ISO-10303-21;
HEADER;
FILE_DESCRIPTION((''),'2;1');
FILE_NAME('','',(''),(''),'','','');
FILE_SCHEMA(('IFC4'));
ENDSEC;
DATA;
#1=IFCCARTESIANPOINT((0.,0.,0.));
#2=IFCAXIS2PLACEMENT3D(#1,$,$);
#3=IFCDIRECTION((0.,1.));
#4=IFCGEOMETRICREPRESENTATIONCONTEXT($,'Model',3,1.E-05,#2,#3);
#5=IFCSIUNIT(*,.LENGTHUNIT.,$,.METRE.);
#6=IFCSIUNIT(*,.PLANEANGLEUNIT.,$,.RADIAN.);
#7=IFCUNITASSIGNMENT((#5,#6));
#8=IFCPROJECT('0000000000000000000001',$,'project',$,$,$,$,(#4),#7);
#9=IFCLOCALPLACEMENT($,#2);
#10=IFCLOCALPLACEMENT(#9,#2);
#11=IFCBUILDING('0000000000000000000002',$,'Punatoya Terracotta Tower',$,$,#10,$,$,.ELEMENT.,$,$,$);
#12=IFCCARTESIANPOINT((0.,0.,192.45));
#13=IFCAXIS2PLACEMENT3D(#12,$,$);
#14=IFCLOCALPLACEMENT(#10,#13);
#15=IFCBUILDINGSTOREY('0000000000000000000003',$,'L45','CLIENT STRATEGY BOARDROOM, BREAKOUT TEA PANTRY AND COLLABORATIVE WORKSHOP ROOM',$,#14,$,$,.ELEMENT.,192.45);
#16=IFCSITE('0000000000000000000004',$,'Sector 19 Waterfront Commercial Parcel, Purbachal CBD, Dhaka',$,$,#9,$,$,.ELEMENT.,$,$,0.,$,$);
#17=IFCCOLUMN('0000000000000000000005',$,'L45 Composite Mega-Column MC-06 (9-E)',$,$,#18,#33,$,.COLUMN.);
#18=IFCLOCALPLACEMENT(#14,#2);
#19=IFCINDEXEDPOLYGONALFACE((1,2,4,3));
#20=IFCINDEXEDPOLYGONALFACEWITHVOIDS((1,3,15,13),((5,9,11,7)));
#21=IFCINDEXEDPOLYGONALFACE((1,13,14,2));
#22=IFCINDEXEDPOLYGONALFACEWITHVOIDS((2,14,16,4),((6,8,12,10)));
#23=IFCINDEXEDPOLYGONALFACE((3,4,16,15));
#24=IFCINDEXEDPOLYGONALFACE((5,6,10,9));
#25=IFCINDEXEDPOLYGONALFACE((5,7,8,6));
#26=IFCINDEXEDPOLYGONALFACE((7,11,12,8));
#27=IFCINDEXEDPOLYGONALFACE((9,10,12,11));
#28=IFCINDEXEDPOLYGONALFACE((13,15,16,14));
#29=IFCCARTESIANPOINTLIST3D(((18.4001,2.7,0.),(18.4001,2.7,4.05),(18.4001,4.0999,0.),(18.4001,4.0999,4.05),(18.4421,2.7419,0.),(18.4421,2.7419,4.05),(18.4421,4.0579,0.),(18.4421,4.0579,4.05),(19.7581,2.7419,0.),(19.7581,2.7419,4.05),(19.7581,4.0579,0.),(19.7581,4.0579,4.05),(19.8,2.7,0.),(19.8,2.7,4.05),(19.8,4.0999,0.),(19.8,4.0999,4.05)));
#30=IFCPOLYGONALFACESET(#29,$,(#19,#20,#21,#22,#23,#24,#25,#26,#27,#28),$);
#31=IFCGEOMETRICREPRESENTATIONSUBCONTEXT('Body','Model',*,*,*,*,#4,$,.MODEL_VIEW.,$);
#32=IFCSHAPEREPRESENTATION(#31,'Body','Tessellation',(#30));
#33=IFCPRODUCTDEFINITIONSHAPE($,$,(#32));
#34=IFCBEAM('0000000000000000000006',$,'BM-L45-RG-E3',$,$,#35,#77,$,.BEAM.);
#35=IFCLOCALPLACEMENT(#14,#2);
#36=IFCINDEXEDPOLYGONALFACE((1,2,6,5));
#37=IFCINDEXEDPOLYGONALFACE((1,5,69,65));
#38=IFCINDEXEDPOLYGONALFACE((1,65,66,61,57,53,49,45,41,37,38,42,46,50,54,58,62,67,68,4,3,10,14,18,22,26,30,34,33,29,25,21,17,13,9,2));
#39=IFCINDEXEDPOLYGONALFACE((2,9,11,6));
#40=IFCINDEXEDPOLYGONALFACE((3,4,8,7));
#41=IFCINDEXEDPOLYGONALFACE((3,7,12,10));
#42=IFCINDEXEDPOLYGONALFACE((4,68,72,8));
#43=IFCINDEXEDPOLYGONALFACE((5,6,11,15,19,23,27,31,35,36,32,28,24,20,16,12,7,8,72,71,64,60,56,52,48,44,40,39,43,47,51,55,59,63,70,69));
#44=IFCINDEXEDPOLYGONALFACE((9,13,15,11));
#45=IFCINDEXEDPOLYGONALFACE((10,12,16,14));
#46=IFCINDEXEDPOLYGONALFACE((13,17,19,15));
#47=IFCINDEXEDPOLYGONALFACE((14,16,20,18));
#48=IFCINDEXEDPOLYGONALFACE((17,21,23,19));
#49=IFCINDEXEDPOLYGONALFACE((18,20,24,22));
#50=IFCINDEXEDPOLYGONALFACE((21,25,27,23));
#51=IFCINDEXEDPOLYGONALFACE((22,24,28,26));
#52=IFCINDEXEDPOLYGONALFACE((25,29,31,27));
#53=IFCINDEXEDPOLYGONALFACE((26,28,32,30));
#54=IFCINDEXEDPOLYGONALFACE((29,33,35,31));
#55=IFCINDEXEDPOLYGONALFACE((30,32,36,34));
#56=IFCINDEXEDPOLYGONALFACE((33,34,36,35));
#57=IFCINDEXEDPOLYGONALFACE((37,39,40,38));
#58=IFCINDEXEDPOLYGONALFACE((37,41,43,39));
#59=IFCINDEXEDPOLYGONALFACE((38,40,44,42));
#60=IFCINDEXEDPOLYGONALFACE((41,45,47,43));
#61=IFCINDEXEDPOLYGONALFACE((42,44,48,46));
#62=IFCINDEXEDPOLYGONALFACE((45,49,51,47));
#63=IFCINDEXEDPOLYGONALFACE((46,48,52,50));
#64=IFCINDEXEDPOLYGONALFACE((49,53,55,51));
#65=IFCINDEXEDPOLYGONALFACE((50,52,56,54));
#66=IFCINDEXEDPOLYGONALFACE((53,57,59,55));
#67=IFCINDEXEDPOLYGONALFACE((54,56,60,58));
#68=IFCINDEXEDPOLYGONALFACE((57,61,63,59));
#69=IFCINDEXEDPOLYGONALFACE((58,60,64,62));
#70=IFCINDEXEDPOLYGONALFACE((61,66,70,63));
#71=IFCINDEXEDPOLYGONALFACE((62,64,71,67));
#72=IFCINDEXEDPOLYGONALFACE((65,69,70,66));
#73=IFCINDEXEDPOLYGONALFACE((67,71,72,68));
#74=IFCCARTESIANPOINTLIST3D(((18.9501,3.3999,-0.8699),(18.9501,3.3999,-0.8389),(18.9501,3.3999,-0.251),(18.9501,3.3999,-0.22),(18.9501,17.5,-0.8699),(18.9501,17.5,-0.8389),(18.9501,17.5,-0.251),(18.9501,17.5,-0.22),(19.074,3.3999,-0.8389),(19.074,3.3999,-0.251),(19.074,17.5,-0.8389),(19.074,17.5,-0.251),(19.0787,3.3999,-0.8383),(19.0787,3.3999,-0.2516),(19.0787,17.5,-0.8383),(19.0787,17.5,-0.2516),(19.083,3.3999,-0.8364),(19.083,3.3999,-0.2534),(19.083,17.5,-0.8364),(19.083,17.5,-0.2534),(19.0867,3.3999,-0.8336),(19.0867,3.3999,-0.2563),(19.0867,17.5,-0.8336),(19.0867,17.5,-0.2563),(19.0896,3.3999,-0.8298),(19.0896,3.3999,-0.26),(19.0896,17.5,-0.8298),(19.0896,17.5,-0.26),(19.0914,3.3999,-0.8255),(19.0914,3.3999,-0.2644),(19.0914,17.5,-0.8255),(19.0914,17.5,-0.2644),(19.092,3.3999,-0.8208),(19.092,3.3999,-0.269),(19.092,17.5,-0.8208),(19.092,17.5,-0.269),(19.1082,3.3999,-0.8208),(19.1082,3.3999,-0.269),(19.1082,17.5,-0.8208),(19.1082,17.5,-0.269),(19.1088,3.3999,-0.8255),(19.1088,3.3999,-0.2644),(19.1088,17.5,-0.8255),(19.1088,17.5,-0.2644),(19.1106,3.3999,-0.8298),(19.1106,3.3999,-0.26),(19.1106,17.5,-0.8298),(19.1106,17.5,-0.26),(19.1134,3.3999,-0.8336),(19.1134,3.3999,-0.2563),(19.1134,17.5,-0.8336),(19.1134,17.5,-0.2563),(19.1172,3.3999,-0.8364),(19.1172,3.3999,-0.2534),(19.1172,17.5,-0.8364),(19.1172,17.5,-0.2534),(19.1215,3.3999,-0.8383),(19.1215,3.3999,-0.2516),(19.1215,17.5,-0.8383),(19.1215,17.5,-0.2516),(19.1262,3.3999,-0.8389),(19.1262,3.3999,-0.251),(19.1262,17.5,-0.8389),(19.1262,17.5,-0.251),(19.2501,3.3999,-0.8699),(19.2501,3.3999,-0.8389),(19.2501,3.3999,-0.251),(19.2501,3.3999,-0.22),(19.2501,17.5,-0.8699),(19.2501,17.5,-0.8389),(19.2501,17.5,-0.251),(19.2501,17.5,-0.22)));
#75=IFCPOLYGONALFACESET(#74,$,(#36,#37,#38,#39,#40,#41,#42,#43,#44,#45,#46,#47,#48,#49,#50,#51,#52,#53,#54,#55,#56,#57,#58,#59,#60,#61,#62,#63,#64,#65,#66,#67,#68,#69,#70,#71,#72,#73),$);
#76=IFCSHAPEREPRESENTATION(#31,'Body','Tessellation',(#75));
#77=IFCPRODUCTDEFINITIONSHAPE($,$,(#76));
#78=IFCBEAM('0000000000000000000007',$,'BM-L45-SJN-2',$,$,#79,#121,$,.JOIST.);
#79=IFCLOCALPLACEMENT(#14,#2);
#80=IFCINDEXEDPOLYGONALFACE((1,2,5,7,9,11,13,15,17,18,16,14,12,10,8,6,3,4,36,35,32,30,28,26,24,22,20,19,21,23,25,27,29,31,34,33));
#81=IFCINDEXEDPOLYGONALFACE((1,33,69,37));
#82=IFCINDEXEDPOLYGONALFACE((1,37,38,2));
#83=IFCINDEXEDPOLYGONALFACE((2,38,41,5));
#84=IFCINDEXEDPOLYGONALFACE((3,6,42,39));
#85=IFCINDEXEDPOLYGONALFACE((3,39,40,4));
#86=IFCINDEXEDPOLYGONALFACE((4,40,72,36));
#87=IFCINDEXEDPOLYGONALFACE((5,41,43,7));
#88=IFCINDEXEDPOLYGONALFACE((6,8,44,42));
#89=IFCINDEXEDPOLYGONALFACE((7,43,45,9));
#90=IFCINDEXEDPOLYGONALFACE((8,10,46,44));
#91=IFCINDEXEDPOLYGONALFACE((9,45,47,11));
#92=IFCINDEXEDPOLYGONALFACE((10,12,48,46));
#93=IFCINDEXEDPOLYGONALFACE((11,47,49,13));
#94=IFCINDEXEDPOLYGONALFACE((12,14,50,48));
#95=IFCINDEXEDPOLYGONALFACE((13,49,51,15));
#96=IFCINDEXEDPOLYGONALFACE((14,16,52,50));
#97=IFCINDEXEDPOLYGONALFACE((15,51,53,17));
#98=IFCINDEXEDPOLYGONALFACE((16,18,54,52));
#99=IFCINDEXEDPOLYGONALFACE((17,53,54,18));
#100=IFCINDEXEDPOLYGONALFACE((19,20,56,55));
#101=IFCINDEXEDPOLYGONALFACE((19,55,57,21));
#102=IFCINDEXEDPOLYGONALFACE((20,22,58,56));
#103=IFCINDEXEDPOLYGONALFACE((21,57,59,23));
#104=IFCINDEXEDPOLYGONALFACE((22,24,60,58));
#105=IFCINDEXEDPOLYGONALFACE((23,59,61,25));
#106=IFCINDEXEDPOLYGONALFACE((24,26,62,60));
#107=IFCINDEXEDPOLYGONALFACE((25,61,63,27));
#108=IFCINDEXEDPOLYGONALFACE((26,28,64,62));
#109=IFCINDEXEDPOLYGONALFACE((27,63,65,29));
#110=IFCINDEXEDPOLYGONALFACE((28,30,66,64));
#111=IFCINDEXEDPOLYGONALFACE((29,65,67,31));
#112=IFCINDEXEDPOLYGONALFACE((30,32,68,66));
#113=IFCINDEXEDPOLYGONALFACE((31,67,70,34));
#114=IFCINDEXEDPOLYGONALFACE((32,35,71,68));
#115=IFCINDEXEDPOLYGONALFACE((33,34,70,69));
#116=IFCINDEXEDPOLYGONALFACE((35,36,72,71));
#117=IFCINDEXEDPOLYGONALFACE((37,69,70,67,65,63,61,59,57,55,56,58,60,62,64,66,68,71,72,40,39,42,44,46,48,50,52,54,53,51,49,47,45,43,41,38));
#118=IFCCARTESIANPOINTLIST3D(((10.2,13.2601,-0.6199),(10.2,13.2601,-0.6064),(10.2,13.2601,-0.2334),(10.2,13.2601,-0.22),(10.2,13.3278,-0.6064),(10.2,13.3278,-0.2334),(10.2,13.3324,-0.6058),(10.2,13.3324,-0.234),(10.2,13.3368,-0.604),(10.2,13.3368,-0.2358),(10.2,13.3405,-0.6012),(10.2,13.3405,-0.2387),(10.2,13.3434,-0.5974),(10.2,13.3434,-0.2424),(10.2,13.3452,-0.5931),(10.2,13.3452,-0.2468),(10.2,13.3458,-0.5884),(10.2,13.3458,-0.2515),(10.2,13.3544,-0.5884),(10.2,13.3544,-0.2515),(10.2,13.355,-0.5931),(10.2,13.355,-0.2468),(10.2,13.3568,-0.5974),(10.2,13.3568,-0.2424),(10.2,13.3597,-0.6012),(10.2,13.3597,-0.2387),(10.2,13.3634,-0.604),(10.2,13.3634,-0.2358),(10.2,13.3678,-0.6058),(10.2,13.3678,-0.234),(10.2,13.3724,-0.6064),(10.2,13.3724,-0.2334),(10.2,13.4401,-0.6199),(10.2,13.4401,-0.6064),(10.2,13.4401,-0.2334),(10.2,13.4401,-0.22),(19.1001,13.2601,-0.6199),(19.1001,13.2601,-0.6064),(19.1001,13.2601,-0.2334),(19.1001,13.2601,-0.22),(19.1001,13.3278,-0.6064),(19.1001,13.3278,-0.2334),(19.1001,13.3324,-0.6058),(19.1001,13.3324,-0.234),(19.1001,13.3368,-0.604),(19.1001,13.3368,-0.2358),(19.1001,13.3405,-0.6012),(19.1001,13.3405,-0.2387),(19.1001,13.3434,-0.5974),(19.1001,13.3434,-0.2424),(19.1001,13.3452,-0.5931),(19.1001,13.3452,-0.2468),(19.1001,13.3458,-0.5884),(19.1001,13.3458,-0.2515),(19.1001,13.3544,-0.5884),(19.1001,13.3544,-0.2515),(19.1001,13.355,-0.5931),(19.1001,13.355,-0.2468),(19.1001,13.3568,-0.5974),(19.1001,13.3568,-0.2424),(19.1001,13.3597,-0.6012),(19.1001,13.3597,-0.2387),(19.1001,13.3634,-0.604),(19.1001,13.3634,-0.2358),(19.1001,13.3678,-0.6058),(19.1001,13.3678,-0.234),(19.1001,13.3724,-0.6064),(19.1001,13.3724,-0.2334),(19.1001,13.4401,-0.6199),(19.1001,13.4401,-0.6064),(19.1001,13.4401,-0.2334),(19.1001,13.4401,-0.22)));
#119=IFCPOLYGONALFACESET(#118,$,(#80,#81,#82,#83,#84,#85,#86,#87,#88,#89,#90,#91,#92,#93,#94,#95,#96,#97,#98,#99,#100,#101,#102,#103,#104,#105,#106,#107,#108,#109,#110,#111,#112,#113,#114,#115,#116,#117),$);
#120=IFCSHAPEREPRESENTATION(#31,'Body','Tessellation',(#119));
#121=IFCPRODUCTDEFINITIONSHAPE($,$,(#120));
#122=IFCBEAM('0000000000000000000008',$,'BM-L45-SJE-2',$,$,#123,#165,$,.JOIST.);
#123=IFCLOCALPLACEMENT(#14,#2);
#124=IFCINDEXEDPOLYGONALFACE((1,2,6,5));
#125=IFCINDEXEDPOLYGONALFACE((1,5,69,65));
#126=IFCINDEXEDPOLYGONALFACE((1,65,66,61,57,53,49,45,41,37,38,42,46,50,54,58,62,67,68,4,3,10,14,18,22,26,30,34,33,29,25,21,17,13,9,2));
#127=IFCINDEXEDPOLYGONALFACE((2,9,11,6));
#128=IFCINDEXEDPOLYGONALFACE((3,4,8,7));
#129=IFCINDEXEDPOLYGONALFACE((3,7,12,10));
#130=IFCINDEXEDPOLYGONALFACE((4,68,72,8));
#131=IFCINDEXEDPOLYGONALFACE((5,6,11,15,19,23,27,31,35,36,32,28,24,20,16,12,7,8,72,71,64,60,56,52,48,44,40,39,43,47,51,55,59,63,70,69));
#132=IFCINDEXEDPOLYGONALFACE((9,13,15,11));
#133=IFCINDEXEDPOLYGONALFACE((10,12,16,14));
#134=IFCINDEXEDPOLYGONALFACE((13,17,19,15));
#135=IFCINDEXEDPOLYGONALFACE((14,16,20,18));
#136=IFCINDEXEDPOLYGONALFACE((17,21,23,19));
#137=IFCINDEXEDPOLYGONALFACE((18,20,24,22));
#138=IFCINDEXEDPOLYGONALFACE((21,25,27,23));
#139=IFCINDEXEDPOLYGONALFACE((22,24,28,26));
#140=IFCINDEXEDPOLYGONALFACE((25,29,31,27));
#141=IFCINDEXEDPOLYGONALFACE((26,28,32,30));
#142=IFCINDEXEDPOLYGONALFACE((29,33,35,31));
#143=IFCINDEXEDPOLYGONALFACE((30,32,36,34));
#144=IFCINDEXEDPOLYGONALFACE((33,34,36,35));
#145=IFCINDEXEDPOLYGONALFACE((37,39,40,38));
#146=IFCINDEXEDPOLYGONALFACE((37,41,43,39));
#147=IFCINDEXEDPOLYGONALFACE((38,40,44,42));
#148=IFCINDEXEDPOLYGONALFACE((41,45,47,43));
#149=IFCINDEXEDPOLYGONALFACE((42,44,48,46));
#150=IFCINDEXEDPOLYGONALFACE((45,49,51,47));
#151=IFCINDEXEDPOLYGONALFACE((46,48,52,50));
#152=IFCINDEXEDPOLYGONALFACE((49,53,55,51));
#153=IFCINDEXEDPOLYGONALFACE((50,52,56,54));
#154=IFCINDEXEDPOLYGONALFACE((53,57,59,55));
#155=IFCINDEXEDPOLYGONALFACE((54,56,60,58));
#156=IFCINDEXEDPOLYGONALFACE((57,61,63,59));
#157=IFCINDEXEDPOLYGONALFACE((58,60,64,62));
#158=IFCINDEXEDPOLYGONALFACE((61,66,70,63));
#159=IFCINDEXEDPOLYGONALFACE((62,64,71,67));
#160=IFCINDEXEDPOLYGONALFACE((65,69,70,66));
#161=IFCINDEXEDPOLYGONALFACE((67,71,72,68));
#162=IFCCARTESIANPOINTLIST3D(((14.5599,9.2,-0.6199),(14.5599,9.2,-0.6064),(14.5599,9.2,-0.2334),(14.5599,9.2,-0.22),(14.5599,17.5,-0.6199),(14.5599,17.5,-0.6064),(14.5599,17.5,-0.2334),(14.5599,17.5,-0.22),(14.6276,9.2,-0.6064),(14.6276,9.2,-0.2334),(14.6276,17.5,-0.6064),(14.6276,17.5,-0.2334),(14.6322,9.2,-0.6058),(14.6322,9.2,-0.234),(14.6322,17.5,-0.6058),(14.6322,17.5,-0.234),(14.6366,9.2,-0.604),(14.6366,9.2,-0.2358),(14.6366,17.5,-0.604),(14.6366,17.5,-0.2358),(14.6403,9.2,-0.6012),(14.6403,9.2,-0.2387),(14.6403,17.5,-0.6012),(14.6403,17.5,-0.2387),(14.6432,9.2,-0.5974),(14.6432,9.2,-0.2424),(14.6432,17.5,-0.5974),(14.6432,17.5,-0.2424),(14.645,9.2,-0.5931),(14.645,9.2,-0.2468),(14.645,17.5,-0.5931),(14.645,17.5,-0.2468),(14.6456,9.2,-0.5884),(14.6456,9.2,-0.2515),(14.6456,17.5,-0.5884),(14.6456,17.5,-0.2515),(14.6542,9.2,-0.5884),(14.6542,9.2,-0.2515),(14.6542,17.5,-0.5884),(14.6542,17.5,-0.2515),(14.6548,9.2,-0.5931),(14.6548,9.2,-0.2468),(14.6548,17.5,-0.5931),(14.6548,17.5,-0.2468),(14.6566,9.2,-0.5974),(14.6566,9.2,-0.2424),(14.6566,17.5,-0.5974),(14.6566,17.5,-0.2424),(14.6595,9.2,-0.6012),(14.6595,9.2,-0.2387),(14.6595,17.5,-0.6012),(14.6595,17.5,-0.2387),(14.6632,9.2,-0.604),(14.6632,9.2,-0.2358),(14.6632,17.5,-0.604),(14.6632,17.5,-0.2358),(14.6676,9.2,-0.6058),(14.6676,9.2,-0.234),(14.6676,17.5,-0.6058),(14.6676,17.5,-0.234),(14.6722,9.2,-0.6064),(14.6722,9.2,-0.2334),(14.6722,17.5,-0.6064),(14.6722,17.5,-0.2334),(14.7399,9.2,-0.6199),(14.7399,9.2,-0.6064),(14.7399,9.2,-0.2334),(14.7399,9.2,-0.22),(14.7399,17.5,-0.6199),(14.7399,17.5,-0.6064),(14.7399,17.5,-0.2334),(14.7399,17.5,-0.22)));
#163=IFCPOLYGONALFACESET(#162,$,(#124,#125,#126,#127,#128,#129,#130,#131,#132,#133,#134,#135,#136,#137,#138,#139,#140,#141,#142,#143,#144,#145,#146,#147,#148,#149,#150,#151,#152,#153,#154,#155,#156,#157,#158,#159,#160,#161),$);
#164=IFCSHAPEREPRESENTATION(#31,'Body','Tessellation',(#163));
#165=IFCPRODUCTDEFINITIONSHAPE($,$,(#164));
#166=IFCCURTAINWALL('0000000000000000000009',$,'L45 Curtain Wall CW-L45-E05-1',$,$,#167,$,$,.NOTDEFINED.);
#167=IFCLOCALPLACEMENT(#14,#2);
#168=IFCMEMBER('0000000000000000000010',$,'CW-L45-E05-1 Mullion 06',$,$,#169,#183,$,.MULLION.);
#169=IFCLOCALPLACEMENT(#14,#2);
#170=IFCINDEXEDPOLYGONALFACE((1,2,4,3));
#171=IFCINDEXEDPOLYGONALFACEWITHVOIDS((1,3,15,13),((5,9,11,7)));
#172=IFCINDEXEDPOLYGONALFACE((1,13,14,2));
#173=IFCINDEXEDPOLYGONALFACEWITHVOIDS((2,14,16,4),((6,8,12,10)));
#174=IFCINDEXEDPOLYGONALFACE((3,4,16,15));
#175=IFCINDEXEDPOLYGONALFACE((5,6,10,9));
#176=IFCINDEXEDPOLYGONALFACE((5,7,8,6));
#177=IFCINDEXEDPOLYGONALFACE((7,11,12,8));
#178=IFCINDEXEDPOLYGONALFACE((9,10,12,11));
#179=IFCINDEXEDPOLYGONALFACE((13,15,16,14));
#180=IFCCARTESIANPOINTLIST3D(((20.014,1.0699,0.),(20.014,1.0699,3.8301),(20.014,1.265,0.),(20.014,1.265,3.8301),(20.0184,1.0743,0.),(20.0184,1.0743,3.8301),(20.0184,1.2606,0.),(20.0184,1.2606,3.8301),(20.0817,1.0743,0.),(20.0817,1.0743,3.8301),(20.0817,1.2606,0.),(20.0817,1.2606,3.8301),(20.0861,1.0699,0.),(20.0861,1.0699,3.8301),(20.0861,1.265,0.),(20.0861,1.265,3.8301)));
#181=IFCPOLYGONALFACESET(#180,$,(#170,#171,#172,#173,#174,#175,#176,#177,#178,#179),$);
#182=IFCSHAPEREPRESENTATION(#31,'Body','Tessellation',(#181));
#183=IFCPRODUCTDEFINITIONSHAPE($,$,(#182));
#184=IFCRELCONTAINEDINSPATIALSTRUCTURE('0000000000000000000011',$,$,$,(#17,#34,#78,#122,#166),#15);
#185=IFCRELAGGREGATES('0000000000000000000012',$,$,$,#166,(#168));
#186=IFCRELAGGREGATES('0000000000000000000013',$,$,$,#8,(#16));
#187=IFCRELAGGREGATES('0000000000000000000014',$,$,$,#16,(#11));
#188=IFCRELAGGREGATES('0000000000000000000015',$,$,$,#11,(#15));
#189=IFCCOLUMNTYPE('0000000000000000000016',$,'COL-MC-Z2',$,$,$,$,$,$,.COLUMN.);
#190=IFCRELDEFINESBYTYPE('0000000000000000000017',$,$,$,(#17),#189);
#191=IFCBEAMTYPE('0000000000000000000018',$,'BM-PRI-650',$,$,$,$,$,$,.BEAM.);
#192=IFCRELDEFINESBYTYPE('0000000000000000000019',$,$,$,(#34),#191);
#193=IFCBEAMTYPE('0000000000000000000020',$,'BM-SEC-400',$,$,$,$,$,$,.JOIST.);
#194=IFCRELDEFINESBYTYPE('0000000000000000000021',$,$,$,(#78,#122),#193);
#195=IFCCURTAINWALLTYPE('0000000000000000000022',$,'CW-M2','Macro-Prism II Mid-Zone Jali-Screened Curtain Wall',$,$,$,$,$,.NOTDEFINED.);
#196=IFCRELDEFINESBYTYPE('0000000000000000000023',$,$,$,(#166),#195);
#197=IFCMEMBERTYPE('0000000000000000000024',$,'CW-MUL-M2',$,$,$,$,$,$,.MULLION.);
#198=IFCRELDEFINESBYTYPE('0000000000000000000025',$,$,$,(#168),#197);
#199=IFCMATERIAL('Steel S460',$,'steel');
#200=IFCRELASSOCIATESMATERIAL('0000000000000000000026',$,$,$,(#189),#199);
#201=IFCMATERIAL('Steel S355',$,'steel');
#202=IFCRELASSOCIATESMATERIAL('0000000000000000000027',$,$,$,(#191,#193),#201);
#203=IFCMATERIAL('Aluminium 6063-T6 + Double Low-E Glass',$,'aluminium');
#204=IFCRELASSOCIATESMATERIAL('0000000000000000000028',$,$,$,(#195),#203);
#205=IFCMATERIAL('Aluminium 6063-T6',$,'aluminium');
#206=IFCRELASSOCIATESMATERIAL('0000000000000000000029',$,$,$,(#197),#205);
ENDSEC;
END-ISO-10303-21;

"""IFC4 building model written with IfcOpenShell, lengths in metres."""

from ifc_helpers import new_model, si_unit, direction, frame, origin, origin_2d, place, context, subcontext, project, spatial, hollow_rectangle, i_section, extrude, material, material_profile, profile_set, type_object, element, aggregate, save


model = new_model("IFC4")

# Units and contexts
model_context = context("Model", 3, precision=1e-05, world=origin(), true_north=direction((0.0, 1.0)))
body_context = subcontext(model_context, "Body", "Model", "MODEL_VIEW")
ifc_project = project(units=[si_unit("LENGTHUNIT", "METRE"), si_unit("PLANEANGLEUNIT", "RADIAN")], contexts=[model_context])

# Site, building, storey
site_placement = place(None, origin())
site = spatial("IfcSite", under=ifc_project, at=site_placement, Name="Sector 19 Waterfront Commercial Parcel, Purbachal CBD, Dhaka", CompositionType="ELEMENT", RefElevation=0.0)
building_placement = place(site_placement, origin())
building = spatial("IfcBuilding", under=site, at=building_placement, Name="Punatoya Terracotta Tower", CompositionType="ELEMENT")
storey_placement = place(building_placement, frame((0.0, 0.0, 192.45)))
storey = spatial("IfcBuildingStorey", under=building, at=storey_placement, Name="L45", Description="CLIENT STRATEGY BOARDROOM, BREAKOUT TEA PANTRY AND COLLABORATIVE WORKSHOP ROOM", CompositionType="ELEMENT", Elevation=192.45)

# Column
ifc_material_1 = material(Name="Steel S460", Category="steel")
ifc_material_profile_1 = material_profile(ifc_material_1, hollow_rectangle(XDim=1.3999, YDim=1.3999, WallThickness=0.042, at=origin_2d()))
ifc_profile_set_1 = profile_set([ifc_material_profile_1], Name="Steel S460")
column_type = type_object("IfcColumnType", Name="COL-MC-Z2", PredefinedType="COLUMN", material=ifc_profile_set_1)
column_placement = place(storey_placement, frame((19.1001, 3.3999, 0.0), z_axis=(0.0, 0.0, 1.0), x_axis=(1.0, 0.0, 0.0)))
element("IfcColumn", 1, at=column_placement, inside=storey, type_object=column_type, Name="L45 Composite Mega-Column MC-06 (9-E)", PredefinedType="COLUMN", context=body_context, shape_type="SweptSolid", body=[
    extrude(hollow_rectangle(XDim=1.3999, YDim=1.3999, WallThickness=0.042, at=origin_2d()), origin(), (0.0, 0.0, 1.0), 4.05),
])

# Beams
ifc_material_2 = material(Name="Steel S355", Category="steel")
ifc_material_profile_2 = material_profile(ifc_material_2, i_section(OverallWidth=0.3, OverallDepth=0.6499, WebThickness=0.0161, FlangeThickness=0.031, FilletRadius=0.0181, at=origin_2d()))
ifc_profile_set_2 = profile_set([ifc_material_profile_2], Name="Steel S355")
beam_type_1 = type_object("IfcBeamType", Name="BM-PRI-650", PredefinedType="BEAM", material=ifc_profile_set_2)
beam_1_placement = place(storey_placement, frame((19.1001, 3.3999, -0.5449), z_axis=(0.0, 1.0, 0.0), x_axis=(-1.0, 0.0, 0.0)))
element("IfcBeam", 2, at=beam_1_placement, inside=storey, type_object=beam_type_1, Name="BM-L45-RG-E3", PredefinedType="BEAM", context=body_context, shape_type="SweptSolid", body=[
    extrude(i_section(OverallWidth=0.3, OverallDepth=0.6499, WebThickness=0.0161, FlangeThickness=0.031, FilletRadius=0.0181, at=origin_2d()), origin(), (0.0, 0.0, 1.0), 14.1001),
])
ifc_material_profile_3 = material_profile(ifc_material_2, i_section(OverallWidth=0.1799, OverallDepth=0.3999, WebThickness=0.0085, FlangeThickness=0.0134, FilletRadius=0.0181, at=origin_2d()))
ifc_profile_set_3 = profile_set([ifc_material_profile_3], Name="Steel S355")
beam_type_2 = type_object("IfcBeamType", Name="BM-SEC-400", PredefinedType="JOIST", material=ifc_profile_set_3)
beam_2_placement = place(storey_placement, frame((10.2, 13.3501, -0.4199), z_axis=(1.0, 0.0, 0.0), x_axis=(0.0, 1.0, 0.0)))
element("IfcBeam", 3, at=beam_2_placement, inside=storey, type_object=beam_type_2, Name="BM-L45-SJN-2", PredefinedType="JOIST", context=body_context, shape_type="SweptSolid", body=[
    extrude(i_section(OverallWidth=0.1799, OverallDepth=0.3999, WebThickness=0.0085, FlangeThickness=0.0134, FilletRadius=0.0181, at=origin_2d()), origin(), (0.0, 0.0, 1.0), 8.9001),
])
beam_3_placement = place(storey_placement, frame((14.6499, 9.2, -0.4199), z_axis=(0.0, 1.0, 0.0), x_axis=(-1.0, 0.0, 0.0)))
element("IfcBeam", 4, at=beam_3_placement, inside=storey, type_object=beam_type_2, Name="BM-L45-SJE-2", PredefinedType="JOIST", context=body_context, shape_type="SweptSolid", body=[
    extrude(i_section(OverallWidth=0.1799, OverallDepth=0.3999, WebThickness=0.0085, FlangeThickness=0.0134, FilletRadius=0.0181, at=origin_2d()), origin(), (0.0, 0.0, 1.0), 8.3),
])

# Curtain wall, member
ifc_material_3 = material(Name="Aluminium 6063-T6 + Double Low-E Glass", Category="aluminium")
curtain_wall_type = type_object("IfcCurtainWallType", Name="CW-M2", Description="Macro-Prism II Mid-Zone Jali-Screened Curtain Wall", PredefinedType="NOTDEFINED", material=ifc_material_3)
curtain_wall_1_placement = place(storey_placement, origin())
curtain_wall_1 = element("IfcCurtainWall", 5, at=curtain_wall_1_placement, inside=storey, type_object=curtain_wall_type, Name="L45 Curtain Wall CW-L45-E05-1", PredefinedType="NOTDEFINED")
ifc_material_4 = material(Name="Aluminium 6063-T6", Category="aluminium")
ifc_material_profile_4 = material_profile(ifc_material_4, hollow_rectangle(XDim=0.072, YDim=0.1951, WallThickness=0.0044, at=origin_2d()))
ifc_profile_set_4 = profile_set([ifc_material_profile_4], Name="Aluminium 6063-T6")
member_type_1 = type_object("IfcMemberType", Name="CW-MUL-M2", PredefinedType="MULLION", material=ifc_profile_set_4)
member_1_placement = place(storey_placement, frame((20.05, 1.1675, 0.0), z_axis=(0.0, 0.0, 1.0), x_axis=(1.0, 0.0, 0.0)))
member_1 = element("IfcMember", 6, at=member_1_placement, type_object=member_type_1, Name="CW-L45-E05-1 Mullion 06", PredefinedType="MULLION", context=body_context, shape_type="SweptSolid", body=[
    extrude(hollow_rectangle(XDim=0.072, YDim=0.1951, WallThickness=0.0044, at=origin_2d()), origin(), (0.0, 0.0, 1.0), 3.8301),
])

aggregate(curtain_wall_1, [member_1])

save(model, "model.ifc")
